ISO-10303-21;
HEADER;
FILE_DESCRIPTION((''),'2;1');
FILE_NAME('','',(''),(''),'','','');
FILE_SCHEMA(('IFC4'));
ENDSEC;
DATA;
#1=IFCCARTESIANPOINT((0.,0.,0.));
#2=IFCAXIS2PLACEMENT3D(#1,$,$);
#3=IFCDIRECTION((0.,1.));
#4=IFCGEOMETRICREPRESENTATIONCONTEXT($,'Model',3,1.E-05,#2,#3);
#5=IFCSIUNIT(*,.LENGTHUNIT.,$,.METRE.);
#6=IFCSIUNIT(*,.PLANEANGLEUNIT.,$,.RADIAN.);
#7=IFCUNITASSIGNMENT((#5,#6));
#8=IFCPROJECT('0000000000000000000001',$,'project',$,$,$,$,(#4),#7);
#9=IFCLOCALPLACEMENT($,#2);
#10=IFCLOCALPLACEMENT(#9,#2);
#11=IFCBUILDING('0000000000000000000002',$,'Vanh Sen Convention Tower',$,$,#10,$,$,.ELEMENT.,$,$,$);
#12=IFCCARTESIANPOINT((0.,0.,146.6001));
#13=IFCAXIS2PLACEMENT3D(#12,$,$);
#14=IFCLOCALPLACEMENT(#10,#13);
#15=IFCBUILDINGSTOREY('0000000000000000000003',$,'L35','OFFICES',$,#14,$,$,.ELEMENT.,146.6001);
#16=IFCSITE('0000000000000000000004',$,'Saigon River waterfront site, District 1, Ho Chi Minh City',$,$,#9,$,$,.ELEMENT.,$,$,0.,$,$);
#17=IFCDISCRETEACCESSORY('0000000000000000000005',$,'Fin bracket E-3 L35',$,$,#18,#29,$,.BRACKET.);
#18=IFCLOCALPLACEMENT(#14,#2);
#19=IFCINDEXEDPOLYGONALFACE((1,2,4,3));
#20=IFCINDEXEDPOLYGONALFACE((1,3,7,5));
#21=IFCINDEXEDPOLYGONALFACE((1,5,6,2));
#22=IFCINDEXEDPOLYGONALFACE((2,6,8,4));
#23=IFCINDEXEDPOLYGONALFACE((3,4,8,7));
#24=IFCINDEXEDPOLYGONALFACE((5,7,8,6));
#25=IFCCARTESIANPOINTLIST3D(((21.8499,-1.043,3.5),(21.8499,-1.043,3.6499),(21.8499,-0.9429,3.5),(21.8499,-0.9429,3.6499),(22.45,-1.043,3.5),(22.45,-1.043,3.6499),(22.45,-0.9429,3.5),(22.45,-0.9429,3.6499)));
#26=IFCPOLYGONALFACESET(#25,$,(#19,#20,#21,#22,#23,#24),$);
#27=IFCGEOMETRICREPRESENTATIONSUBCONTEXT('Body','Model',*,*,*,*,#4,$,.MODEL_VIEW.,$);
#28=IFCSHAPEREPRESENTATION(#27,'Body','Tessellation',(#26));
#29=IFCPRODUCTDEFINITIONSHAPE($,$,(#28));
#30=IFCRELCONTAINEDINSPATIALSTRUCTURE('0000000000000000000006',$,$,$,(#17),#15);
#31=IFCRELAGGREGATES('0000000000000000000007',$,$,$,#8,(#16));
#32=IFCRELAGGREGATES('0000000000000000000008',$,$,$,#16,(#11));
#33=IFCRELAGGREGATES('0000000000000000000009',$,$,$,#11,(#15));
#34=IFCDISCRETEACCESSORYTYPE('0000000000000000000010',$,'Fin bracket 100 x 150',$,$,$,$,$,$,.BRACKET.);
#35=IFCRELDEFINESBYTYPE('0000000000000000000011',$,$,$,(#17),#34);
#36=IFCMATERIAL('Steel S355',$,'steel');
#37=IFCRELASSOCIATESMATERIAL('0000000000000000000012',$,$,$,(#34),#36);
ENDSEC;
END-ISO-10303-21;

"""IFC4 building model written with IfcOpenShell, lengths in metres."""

from ifc_helpers import new_model, si_unit, direction, frame, origin, origin_2d, place, context, subcontext, project, spatial, rectangle, extrude, material, type_object, element, save


model = new_model("IFC4")

# Units and contexts
model_context = context("Model", 3, precision=1e-05, world=origin(), true_north=direction((0.0, 1.0)))
body_context = subcontext(model_context, "Body", "Model", "MODEL_VIEW")
ifc_project = project(units=[si_unit("LENGTHUNIT", "METRE"), si_unit("PLANEANGLEUNIT", "RADIAN")], contexts=[model_context])

# Site, building, storey
site_placement = place(None, origin())
site = spatial("IfcSite", under=ifc_project, at=site_placement, Name="Saigon River waterfront site, District 1, Ho Chi Minh City", CompositionType="ELEMENT", RefElevation=0.0)
building_placement = place(site_placement, origin())
building = spatial("IfcBuilding", under=site, at=building_placement, Name="Vanh Sen Convention Tower", CompositionType="ELEMENT")
storey_placement = place(building_placement, frame((0.0, 0.0, 146.6001)))
storey = spatial("IfcBuildingStorey", under=building, at=storey_placement, Name="L35", Description="OFFICES", CompositionType="ELEMENT", Elevation=146.6001)

# Discrete accessory
ifc_material_1 = material(Name="Steel S355", Category="steel")
discrete_accessory_type = type_object("IfcDiscreteAccessoryType", Name="Fin bracket 100 x 150", PredefinedType="BRACKET", material=ifc_material_1)
for number, where, z_axis, x_axis, name in (
    (1, (22.1499, -0.9929, 3.5), (0.0, 0.0, 1.0), (1.0, 0.0, 0.0), "Fin bracket E-3 L35"),
):
    element("IfcDiscreteAccessory", number, at=place(storey_placement, frame(where, z_axis=z_axis, x_axis=x_axis)), inside=storey, type_object=discrete_accessory_type, Name=name, PredefinedType="BRACKET", context=body_context, shape_type="SweptSolid", body=[
        extrude(rectangle(XDim=0.6001, YDim=0.1001, at=origin_2d()), origin(), (0.0, 0.0, 1.0), 0.1499),
    ])

save(model, "model.ifc")
